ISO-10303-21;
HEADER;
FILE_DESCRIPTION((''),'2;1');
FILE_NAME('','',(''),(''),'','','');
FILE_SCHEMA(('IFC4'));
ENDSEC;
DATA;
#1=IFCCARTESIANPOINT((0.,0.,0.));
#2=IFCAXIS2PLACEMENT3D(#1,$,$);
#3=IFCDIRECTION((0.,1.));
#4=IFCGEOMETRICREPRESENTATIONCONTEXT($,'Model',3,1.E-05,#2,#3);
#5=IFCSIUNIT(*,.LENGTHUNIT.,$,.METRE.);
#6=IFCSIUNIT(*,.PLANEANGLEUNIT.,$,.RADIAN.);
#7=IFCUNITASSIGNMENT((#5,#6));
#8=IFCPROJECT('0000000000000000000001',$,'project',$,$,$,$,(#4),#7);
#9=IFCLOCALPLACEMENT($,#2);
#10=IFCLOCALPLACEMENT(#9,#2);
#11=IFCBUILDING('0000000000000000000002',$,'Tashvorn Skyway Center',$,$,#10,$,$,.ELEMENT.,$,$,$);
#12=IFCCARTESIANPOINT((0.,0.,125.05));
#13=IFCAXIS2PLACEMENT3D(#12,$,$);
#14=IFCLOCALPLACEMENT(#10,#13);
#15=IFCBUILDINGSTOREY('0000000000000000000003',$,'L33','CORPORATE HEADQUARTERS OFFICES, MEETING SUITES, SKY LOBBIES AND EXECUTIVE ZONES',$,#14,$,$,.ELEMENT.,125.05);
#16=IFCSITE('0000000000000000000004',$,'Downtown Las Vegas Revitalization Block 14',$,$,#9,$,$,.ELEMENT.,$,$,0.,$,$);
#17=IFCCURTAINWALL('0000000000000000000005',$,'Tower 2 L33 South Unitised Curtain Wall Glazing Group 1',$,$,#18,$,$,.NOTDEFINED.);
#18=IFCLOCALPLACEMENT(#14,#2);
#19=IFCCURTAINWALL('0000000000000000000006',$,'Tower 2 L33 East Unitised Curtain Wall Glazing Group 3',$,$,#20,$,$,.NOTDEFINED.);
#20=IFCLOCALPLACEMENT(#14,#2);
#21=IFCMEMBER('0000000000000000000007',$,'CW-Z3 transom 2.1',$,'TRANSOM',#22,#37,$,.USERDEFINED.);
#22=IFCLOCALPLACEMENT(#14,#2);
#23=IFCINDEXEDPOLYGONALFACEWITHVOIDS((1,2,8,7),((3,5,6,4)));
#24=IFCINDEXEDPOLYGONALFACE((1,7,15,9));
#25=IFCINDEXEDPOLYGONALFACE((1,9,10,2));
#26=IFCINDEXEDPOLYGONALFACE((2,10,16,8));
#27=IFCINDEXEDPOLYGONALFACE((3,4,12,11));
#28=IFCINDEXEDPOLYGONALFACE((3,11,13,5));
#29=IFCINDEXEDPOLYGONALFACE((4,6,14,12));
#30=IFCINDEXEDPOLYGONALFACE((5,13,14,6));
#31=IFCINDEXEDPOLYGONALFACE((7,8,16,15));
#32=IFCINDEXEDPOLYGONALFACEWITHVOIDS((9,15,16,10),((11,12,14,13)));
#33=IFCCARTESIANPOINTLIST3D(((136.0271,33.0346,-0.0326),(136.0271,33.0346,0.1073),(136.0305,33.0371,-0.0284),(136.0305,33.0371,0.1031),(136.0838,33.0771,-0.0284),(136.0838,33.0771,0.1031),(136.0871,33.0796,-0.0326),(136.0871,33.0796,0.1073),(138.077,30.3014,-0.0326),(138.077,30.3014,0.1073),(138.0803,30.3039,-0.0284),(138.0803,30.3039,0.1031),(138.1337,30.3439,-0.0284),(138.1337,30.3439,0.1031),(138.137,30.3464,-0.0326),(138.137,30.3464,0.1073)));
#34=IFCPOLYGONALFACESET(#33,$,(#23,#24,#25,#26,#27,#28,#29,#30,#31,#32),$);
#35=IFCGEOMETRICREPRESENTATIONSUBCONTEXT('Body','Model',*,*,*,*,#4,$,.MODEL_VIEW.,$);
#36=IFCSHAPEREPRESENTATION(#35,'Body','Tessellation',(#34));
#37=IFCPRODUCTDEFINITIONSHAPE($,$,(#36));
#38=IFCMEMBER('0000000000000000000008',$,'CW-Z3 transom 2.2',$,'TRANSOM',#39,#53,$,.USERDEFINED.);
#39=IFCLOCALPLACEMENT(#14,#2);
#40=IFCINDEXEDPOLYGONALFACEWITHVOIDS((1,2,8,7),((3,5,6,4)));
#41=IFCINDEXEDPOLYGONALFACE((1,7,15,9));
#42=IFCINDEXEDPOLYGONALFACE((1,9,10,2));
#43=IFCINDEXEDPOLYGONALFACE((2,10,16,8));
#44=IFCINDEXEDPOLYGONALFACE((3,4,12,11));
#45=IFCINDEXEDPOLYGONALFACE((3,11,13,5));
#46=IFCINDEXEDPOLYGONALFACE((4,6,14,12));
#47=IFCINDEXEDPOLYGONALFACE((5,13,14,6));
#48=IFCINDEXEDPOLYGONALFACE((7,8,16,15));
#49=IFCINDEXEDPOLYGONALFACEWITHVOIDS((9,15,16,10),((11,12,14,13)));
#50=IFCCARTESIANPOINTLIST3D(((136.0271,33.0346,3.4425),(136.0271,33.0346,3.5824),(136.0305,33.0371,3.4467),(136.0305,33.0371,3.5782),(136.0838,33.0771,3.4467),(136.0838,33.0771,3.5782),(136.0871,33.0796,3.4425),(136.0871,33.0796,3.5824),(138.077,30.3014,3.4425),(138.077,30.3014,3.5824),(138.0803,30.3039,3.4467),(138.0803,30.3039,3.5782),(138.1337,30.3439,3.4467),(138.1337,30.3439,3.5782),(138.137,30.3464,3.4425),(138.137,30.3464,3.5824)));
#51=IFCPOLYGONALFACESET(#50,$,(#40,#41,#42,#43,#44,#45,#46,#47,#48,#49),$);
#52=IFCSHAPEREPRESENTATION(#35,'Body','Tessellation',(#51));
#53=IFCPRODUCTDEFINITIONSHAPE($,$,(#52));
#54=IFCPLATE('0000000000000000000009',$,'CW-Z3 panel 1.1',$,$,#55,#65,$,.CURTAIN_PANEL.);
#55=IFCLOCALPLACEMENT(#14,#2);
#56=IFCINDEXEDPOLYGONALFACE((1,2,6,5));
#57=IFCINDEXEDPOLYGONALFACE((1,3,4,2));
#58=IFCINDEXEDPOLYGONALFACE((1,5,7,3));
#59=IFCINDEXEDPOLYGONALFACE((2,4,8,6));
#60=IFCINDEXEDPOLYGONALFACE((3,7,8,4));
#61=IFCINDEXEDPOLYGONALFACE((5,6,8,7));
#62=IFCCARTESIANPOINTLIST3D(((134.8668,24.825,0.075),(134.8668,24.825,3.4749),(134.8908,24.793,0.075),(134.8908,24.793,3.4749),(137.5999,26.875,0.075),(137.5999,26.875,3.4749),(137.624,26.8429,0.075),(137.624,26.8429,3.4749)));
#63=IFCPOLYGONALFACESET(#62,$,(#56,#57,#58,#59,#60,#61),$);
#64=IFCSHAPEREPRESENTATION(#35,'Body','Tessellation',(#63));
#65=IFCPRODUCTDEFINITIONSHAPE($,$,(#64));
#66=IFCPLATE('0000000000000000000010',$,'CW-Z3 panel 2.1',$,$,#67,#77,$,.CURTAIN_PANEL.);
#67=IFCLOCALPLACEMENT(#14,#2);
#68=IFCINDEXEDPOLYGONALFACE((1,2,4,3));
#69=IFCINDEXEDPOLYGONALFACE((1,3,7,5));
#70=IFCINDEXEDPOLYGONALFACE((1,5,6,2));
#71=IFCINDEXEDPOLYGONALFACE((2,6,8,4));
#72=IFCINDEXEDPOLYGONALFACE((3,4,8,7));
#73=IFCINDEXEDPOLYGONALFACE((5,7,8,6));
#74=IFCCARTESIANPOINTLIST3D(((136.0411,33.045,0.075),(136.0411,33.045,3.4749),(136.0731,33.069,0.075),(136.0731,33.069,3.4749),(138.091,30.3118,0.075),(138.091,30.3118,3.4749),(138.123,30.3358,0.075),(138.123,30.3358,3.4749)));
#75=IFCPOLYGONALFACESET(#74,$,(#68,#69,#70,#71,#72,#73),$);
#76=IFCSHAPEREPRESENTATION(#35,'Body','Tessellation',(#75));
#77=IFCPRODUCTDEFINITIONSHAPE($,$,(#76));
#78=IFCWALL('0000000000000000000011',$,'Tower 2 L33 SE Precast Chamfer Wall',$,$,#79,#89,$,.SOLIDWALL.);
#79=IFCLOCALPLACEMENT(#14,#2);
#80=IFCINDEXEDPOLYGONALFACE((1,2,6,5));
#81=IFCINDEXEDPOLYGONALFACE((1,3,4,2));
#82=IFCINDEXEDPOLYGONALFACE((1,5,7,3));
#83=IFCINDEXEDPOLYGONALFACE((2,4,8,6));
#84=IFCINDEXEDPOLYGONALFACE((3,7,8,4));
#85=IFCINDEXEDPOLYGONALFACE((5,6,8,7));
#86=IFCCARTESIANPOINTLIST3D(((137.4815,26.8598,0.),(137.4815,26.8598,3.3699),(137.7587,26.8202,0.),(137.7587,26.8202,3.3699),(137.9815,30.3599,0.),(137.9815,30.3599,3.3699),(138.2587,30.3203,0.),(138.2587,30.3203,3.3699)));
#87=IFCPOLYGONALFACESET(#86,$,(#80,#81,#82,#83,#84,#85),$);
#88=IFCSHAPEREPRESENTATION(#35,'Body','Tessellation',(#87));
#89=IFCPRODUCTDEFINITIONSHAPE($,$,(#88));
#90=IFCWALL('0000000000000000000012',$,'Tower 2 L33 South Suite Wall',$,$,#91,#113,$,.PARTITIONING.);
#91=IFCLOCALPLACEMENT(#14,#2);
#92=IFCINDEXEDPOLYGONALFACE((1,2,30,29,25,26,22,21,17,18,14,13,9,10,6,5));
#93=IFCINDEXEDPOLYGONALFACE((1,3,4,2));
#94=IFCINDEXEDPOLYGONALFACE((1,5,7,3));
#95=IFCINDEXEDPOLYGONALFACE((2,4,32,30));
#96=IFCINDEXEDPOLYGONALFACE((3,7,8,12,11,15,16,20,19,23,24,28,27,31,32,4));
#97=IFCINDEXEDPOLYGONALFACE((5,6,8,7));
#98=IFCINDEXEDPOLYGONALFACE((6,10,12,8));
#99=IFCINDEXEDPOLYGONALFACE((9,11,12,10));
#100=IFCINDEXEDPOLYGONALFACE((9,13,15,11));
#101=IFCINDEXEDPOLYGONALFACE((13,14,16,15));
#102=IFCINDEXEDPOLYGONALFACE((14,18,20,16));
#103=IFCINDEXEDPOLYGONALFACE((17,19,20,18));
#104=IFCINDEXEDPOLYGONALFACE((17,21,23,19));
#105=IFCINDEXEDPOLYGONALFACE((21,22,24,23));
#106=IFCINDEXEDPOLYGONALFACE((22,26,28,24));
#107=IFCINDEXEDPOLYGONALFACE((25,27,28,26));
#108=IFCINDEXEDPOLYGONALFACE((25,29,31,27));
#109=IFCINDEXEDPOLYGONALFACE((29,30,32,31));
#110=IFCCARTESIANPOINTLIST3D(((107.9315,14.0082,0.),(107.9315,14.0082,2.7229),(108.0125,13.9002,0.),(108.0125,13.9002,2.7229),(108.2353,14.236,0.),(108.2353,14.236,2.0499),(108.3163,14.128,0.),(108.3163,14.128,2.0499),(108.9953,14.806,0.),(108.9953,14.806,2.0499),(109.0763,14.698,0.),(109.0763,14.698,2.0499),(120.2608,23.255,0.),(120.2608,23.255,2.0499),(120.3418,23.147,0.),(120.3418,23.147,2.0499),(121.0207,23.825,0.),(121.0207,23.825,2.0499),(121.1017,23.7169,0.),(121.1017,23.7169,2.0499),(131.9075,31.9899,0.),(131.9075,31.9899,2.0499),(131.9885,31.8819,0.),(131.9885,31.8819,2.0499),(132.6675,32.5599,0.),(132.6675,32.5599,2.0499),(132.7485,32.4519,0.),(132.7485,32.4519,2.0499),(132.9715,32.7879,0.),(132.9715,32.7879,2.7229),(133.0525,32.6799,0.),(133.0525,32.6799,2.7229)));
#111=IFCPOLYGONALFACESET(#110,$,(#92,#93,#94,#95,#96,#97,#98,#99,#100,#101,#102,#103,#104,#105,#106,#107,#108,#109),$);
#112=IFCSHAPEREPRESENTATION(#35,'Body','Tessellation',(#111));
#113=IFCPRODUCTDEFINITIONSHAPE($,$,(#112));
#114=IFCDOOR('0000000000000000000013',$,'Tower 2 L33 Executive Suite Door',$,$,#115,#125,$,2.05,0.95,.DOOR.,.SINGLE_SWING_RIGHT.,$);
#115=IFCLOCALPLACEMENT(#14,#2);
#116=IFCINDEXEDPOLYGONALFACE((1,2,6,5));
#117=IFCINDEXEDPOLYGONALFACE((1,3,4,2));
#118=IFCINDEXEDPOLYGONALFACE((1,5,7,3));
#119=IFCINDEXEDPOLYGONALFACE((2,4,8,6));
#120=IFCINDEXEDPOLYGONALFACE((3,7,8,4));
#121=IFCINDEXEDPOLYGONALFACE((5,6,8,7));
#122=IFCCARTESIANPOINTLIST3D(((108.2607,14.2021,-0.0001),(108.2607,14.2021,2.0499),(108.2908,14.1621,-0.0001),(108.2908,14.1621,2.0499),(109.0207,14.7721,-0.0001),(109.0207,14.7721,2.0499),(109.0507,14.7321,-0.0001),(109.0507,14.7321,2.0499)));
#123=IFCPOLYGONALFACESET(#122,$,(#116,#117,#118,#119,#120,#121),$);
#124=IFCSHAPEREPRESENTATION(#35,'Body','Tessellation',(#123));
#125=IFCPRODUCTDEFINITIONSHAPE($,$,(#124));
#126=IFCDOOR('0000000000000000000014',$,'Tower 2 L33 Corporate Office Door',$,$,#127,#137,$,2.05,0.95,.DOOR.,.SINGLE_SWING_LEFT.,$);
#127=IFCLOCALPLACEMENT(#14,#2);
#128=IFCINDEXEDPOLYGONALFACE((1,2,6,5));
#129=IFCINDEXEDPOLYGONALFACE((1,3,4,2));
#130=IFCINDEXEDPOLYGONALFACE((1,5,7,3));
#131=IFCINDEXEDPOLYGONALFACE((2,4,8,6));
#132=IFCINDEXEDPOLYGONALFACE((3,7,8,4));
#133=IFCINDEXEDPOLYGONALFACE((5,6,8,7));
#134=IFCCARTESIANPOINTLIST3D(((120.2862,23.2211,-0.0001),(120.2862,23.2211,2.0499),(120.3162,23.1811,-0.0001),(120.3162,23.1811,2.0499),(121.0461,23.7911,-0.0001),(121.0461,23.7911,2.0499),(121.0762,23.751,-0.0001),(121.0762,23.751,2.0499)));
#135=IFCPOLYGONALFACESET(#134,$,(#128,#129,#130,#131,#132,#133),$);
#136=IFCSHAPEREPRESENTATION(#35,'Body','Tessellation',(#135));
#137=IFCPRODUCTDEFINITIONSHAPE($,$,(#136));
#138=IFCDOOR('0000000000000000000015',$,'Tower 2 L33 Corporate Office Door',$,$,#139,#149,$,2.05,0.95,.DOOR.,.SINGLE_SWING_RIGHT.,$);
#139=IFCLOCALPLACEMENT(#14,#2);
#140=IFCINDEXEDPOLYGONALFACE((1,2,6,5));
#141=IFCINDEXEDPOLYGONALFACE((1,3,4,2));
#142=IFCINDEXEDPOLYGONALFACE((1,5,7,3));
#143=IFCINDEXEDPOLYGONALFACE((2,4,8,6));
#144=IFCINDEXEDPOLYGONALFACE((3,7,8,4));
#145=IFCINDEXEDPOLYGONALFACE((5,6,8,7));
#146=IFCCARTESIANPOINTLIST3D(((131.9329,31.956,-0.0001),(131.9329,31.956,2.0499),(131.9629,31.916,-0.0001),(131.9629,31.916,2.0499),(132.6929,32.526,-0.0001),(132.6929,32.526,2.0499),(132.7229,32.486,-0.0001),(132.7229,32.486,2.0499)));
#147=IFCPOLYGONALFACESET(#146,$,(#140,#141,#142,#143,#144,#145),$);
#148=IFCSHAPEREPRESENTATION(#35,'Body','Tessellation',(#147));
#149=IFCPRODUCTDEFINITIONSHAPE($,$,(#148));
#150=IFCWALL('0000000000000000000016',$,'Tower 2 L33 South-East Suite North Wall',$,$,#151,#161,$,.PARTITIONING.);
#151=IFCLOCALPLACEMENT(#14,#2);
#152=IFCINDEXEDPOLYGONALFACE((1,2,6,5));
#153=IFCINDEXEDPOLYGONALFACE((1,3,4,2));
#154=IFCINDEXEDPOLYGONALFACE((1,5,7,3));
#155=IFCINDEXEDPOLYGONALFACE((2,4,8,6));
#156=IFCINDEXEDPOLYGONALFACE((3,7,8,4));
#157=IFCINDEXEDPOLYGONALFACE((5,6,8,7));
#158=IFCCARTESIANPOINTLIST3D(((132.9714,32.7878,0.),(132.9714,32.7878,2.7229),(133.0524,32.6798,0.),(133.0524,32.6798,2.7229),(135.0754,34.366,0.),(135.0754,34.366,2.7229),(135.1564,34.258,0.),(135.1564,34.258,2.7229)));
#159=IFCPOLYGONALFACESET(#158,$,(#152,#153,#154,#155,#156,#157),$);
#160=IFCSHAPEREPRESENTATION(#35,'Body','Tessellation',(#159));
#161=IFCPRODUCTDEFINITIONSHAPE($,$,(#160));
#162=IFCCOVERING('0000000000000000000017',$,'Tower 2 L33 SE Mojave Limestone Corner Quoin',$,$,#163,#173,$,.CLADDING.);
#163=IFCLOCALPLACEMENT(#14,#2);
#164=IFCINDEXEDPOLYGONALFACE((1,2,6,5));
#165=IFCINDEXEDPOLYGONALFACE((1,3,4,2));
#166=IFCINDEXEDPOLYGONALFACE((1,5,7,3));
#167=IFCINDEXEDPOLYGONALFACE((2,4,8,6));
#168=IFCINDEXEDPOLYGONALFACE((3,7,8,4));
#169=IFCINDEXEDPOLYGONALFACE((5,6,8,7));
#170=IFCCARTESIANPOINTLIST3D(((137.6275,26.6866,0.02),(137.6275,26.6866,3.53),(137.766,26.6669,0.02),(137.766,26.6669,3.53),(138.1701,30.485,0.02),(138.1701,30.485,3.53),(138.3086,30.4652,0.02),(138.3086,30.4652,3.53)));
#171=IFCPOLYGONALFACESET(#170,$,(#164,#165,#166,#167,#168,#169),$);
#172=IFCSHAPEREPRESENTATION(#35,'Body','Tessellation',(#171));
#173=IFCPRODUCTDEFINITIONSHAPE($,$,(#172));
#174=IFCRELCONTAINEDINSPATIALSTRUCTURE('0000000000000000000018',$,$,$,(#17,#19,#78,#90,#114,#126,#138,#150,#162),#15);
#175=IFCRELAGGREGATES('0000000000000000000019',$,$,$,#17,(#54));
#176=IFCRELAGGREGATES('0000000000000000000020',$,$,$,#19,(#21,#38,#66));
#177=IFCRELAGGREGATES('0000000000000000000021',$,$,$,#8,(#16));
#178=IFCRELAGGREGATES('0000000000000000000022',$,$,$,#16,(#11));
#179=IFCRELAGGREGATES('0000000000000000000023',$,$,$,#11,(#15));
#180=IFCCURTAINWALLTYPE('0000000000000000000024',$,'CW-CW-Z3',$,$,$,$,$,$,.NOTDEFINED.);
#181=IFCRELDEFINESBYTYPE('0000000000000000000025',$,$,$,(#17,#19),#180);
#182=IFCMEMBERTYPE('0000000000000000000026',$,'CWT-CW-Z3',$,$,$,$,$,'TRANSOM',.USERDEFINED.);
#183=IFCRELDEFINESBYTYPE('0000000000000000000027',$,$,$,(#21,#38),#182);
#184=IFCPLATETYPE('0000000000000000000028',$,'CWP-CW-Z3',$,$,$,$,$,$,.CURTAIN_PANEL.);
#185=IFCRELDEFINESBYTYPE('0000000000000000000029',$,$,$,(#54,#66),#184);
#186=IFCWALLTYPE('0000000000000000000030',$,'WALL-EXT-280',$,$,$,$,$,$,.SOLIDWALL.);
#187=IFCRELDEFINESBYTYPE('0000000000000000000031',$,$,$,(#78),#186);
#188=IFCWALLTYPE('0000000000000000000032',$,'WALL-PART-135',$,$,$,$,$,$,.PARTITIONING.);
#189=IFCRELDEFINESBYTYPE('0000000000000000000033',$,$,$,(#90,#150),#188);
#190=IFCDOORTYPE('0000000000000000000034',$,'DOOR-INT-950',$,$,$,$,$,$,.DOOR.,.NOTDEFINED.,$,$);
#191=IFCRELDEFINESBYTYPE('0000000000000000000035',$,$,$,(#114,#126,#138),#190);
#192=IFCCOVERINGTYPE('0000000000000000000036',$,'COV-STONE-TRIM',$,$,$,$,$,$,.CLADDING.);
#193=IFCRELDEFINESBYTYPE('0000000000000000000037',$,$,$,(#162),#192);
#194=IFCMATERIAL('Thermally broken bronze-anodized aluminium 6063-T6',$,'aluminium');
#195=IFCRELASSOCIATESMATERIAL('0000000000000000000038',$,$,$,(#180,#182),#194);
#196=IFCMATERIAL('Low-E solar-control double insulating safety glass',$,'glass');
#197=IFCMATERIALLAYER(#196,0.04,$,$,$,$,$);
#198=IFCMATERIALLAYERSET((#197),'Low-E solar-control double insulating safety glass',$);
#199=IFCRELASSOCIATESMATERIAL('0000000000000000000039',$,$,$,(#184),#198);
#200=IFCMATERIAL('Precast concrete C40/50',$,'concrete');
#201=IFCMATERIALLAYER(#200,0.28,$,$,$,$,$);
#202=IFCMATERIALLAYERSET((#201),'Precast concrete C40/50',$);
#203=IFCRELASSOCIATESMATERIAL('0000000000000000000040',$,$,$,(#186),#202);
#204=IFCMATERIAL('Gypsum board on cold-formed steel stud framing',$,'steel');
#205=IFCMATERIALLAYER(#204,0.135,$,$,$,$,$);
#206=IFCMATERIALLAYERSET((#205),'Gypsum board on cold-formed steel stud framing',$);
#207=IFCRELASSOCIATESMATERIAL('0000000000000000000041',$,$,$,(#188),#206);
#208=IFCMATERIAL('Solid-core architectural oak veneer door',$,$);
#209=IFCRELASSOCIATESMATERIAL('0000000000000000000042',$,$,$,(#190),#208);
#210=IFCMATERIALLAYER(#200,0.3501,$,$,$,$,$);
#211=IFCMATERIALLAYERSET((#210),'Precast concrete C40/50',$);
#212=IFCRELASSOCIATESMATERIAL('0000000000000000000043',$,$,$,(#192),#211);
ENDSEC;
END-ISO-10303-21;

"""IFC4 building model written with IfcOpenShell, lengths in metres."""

from ifc_helpers import new_model, si_unit, direction, frame, frame_2d, origin, origin_2d, place, context, subcontext, project, spatial, rectangle, hollow_rectangle, extrude, material, layer, layer_set, material_profile, profile_set, type_object, element, fill, aggregate, save


model = new_model("IFC4")

# Units and contexts
model_context = context("Model", 3, precision=1e-05, world=origin(), true_north=direction((0.0, 1.0)))
body_context = subcontext(model_context, "Body", "Model", "MODEL_VIEW")
ifc_project = project(units=[si_unit("LENGTHUNIT", "METRE"), si_unit("PLANEANGLEUNIT", "RADIAN")], contexts=[model_context])

# Site, building, storey
site_placement = place(None, origin())
site = spatial("IfcSite", under=ifc_project, at=site_placement, Name="Downtown Las Vegas Revitalization Block 14", CompositionType="ELEMENT", RefElevation=0.0)
building_placement = place(site_placement, origin())
building = spatial("IfcBuilding", under=site, at=building_placement, Name="Tashvorn Skyway Center", CompositionType="ELEMENT")
storey_placement = place(building_placement, frame((0.0, 0.0, 125.05)))
storey = spatial("IfcBuildingStorey", under=building, at=storey_placement, Name="L33", Description="CORPORATE HEADQUARTERS OFFICES, MEETING SUITES, SKY LOBBIES AND EXECUTIVE ZONES", CompositionType="ELEMENT", Elevation=125.05)

# Curtain walls
ifc_material_1 = material(Name="Thermally broken bronze-anodized aluminium 6063-T6", Category="aluminium")
curtain_wall_type = type_object("IfcCurtainWallType", Name="CW-CW-Z3", PredefinedType="NOTDEFINED", material=ifc_material_1)
curtain_wall_1_placement = place(storey_placement, origin())
curtain_wall_1 = element("IfcCurtainWall", 1, at=curtain_wall_1_placement, inside=storey, type_object=curtain_wall_type, Name="Tower 2 L33 South Unitised Curtain Wall Glazing Group 1", PredefinedType="NOTDEFINED")
curtain_wall_2_placement = place(storey_placement, origin())
curtain_wall_2 = element("IfcCurtainWall", 2, at=curtain_wall_2_placement, inside=storey, type_object=curtain_wall_type, Name="Tower 2 L33 East Unitised Curtain Wall Glazing Group 3", PredefinedType="NOTDEFINED")

# Members
ifc_material_profile_1 = material_profile(ifc_material_1, hollow_rectangle(XDim=0.075, YDim=0.1399, WallThickness=0.0042, at=origin_2d()), Name="ALU-TRAN-75x140")
ifc_profile_set_1 = profile_set([ifc_material_profile_1], Name="Thermally broken bronze-anodized aluminium 6063-T6")
member_type_1 = type_object("IfcMemberType", Name="CWT-CW-Z3", ElementType="TRANSOM", PredefinedType="USERDEFINED", material=ifc_profile_set_1)
member_1_placement = place(storey_placement, frame((136.0571, 33.0571, 0.0374), z_axis=(0.599989, -0.800009, 0.0), x_axis=(0.800009, 0.599989, 0.0)))
member_1 = element("IfcMember", 3, at=member_1_placement, type_object=member_type_1, Name="CW-Z3 transom 2.1", ObjectType="TRANSOM", PredefinedType="USERDEFINED", context=body_context, shape_type="SweptSolid", body=[
    extrude(hollow_rectangle(XDim=0.075, YDim=0.1399, WallThickness=0.0042, at=origin_2d()), origin(), (0.0, 0.0, 1.0), 3.4165),
])
member_2_placement = place(storey_placement, frame((136.0571, 33.0571, 3.5125), z_axis=(0.599989, -0.800009, 0.0), x_axis=(0.800009, 0.599989, 0.0)))
member_2 = element("IfcMember", 4, at=member_2_placement, type_object=member_type_1, Name="CW-Z3 transom 2.2", ObjectType="TRANSOM", PredefinedType="USERDEFINED", context=body_context, shape_type="SweptSolid", body=[
    extrude(hollow_rectangle(XDim=0.075, YDim=0.1399, WallThickness=0.0042, at=origin_2d()), origin(), (0.0, 0.0, 1.0), 3.4165),
])

# Plates
ifc_material_2 = material(Name="Low-E solar-control double insulating safety glass", Category="glass")
ifc_layer_1 = layer(ifc_material_2, 0.04)
ifc_layer_set_1 = layer_set([ifc_layer_1], Name="Low-E solar-control double insulating safety glass")
plate_type = type_object("IfcPlateType", Name="CWP-CW-Z3", PredefinedType="CURTAIN_PANEL", material=ifc_layer_set_1)
plate_1_placement = place(storey_placement, frame((136.2454, 25.834, 0.075), z_axis=(0.0, 0.0, 1.0), x_axis=(-0.799997, -0.600005, 0.0)))
plate_1 = element("IfcPlate", 5, at=plate_1_placement, type_object=plate_type, Name="CW-Z3 panel 1.1", PredefinedType="CURTAIN_PANEL", context=body_context, shape_type="SweptSolid", body=[
    extrude(rectangle(XDim=3.4165, YDim=0.04, at=origin_2d()), origin(), (0.0, 0.0, 1.0), 3.3999),
])
aggregate(curtain_wall_1, [plate_1])
plate_2_placement = place(storey_placement, frame((137.082, 31.6904, 0.075), z_axis=(0.0, 0.0, 1.0), x_axis=(0.600005, -0.799997, 0.0)))
plate_2 = element("IfcPlate", 6, at=plate_2_placement, type_object=plate_type, Name="CW-Z3 panel 2.1", PredefinedType="CURTAIN_PANEL", context=body_context, shape_type="SweptSolid", body=[
    extrude(rectangle(XDim=3.4165, YDim=0.04, at=origin_2d()), origin(), (0.0, 0.0, 1.0), 3.3999),
])
aggregate(curtain_wall_2, [member_1, member_2, plate_2])

# Wall
ifc_material_3 = material(Name="Precast concrete C40/50", Category="concrete")
ifc_layer_2 = layer(ifc_material_3, 0.28)
ifc_layer_set_2 = layer_set([ifc_layer_2], Name="Precast concrete C40/50")
wall_type_1 = type_object("IfcWallType", Name="WALL-EXT-280", PredefinedType="SOLIDWALL", material=ifc_layer_set_2)
wall_1_placement = place(storey_placement, frame((138.1201, 30.3401, 0.0), z_axis=(0.0, 0.0, 1.0), x_axis=(-0.141421, -0.989949, 0.0)))
element("IfcWall", 7, at=wall_1_placement, inside=storey, type_object=wall_type_1, Name="Tower 2 L33 SE Precast Chamfer Wall", PredefinedType="SOLIDWALL", context=body_context, shape_type="SweptSolid", body=[
    extrude(rectangle(XDim=3.5356, YDim=0.28, at=frame_2d((1.7678, 0.0))), origin(), (0.0, 0.0, 1.0), 3.3699),
])

# Wall, openings, doors
ifc_material_4 = material(Name="Gypsum board on cold-formed steel stud framing", Category="steel")
ifc_layer_3 = layer(ifc_material_4, 0.135)
ifc_layer_set_3 = layer_set([ifc_layer_3], Name="Gypsum board on cold-formed steel stud framing")
wall_type_2 = type_object("IfcWallType", Name="WALL-PART-135", PredefinedType="PARTITIONING", material=ifc_layer_set_3)
wall_2_placement = place(storey_placement, frame((133.012, 32.7339, 0.0), z_axis=(0.0, 0.0, 1.0), x_axis=(-0.800004, -0.599995, 0.0)))
wall_2 = element("IfcWall", 8, at=wall_2_placement, inside=storey, type_object=wall_type_2, Name="Tower 2 L33 South Suite Wall", PredefinedType="PARTITIONING", context=body_context, shape_type="SweptSolid", body=[
    extrude(rectangle(XDim=31.2998, YDim=0.135, at=frame_2d((15.6499, 0.0))), origin(), (0.0, 0.0, 1.0), 2.7229),
])
opening_1_placement = place(wall_2_placement, frame((29.97, 0.0, 0.0)))
opening_1 = element("IfcOpeningElement", 9, at=opening_1_placement, cuts=wall_2, PredefinedType="OPENING", context=body_context, shape_type="SweptSolid", body=[
    extrude(rectangle(XDim=0.95, YDim=2.05, at=frame_2d((0.4751, 1.0249))), frame((0.0, 0.0774, 0.0), z_axis=(0.0, -1.0, 0.0), x_axis=(1.0, 0.0, 0.0)), (0.0, 0.0, 1.0), 0.155),
])
opening_2_placement = place(wall_2_placement, frame((14.9382, 0.0, 0.0)))
opening_2 = element("IfcOpeningElement", 10, at=opening_2_placement, cuts=wall_2, PredefinedType="OPENING", context=body_context, shape_type="SweptSolid", body=[
    extrude(rectangle(XDim=0.95, YDim=2.05, at=frame_2d((0.4751, 1.0249))), frame((0.0, 0.0774, 0.0), z_axis=(0.0, -1.0, 0.0), x_axis=(1.0, 0.0, 0.0)), (0.0, 0.0, 1.0), 0.155),
])
opening_3_placement = place(wall_2_placement, frame((0.3799, 0.0, 0.0)))
opening_3 = element("IfcOpeningElement", 11, at=opening_3_placement, cuts=wall_2, PredefinedType="OPENING", context=body_context, shape_type="SweptSolid", body=[
    extrude(rectangle(XDim=0.95, YDim=2.05, at=frame_2d((0.4751, 1.0249))), frame((0.0, 0.0774, 0.0), z_axis=(0.0, -1.0, 0.0), x_axis=(1.0, 0.0, 0.0)), (0.0, 0.0, 1.0), 0.155),
])
ifc_material_5 = material(Name="Solid-core architectural oak veneer door")
door_type = type_object("IfcDoorType", Name="DOOR-INT-950", OperationType="NOTDEFINED", PredefinedType="DOOR", material=ifc_material_5)
door_1_placement = place(opening_1_placement, origin())
door_1 = element("IfcDoor", 12, at=door_1_placement, inside=storey, type_object=door_type, Name="Tower 2 L33 Executive Suite Door", OperationType="SINGLE_SWING_RIGHT", OverallHeight=2.05, OverallWidth=0.95, PredefinedType="DOOR", context=body_context, shape_type="SweptSolid", body=[
    extrude(rectangle(XDim=0.95, YDim=2.05, at=frame_2d((0.4751, 1.0249))), frame((0.0, 0.0249, 0.0), z_axis=(0.0, -1.0, 0.0), x_axis=(1.0, 0.0, 0.0)), (0.0, 0.0, 1.0), 0.05),
])
fill(opening_1, door_1)
door_2_placement = place(opening_2_placement, origin())
door_2 = element("IfcDoor", 13, at=door_2_placement, inside=storey, type_object=door_type, Name="Tower 2 L33 Corporate Office Door", OperationType="SINGLE_SWING_LEFT", OverallHeight=2.05, OverallWidth=0.95, PredefinedType="DOOR", context=body_context, shape_type="SweptSolid", body=[
    extrude(rectangle(XDim=0.95, YDim=2.05, at=frame_2d((0.4751, 1.0249))), frame((0.0, 0.0249, 0.0), z_axis=(0.0, -1.0, 0.0), x_axis=(1.0, 0.0, 0.0)), (0.0, 0.0, 1.0), 0.05),
])
fill(opening_2, door_2)
door_3_placement = place(opening_3_placement, origin())
door_3 = element("IfcDoor", 14, at=door_3_placement, inside=storey, type_object=door_type, Name="Tower 2 L33 Corporate Office Door", OperationType="SINGLE_SWING_RIGHT", OverallHeight=2.05, OverallWidth=0.95, PredefinedType="DOOR", context=body_context, shape_type="SweptSolid", body=[
    extrude(rectangle(XDim=0.95, YDim=2.05, at=frame_2d((0.4751, 1.0249))), frame((0.0, 0.0249, 0.0), z_axis=(0.0, -1.0, 0.0), x_axis=(1.0, 0.0, 0.0)), (0.0, 0.0, 1.0), 0.05),
])
fill(opening_3, door_3)

# Wall
wall_3_placement = place(storey_placement, frame((133.012, 32.7339, 0.0), z_axis=(0.0, 0.0, 1.0), x_axis=(0.799978, 0.60003, 0.0)))
element("IfcWall", 15, at=wall_3_placement, inside=storey, type_object=wall_type_2, Name="Tower 2 L33 South-East Suite North Wall", PredefinedType="PARTITIONING", context=body_context, shape_type="SweptSolid", body=[
    extrude(rectangle(XDim=2.6301, YDim=0.135, at=frame_2d((1.3149, 0.0))), origin(), (0.0, 0.0, 1.0), 2.7229),
])

# Covering
ifc_layer_4 = layer(ifc_material_3, 0.3501)
ifc_layer_set_4 = layer_set([ifc_layer_4], Name="Precast concrete C40/50")
covering_type = type_object("IfcCoveringType", Name="COV-STONE-TRIM", PredefinedType="CLADDING", material=ifc_layer_set_4)
covering_placement = place(storey_placement, frame((137.968, 28.5759, 0.02), z_axis=(0.0, 0.0, 1.0), x_axis=(0.141421, 0.989949, 0.0)))
element("IfcCovering", 16, at=covering_placement, inside=storey, type_object=covering_type, Name="Tower 2 L33 SE Mojave Limestone Corner Quoin", PredefinedType="CLADDING", context=body_context, shape_type="SweptSolid", body=[
    extrude(rectangle(XDim=3.8369, YDim=0.1399, at=origin_2d()), origin(), (0.0, 0.0, 1.0), 3.51),
])

save(model, "model.ifc")
